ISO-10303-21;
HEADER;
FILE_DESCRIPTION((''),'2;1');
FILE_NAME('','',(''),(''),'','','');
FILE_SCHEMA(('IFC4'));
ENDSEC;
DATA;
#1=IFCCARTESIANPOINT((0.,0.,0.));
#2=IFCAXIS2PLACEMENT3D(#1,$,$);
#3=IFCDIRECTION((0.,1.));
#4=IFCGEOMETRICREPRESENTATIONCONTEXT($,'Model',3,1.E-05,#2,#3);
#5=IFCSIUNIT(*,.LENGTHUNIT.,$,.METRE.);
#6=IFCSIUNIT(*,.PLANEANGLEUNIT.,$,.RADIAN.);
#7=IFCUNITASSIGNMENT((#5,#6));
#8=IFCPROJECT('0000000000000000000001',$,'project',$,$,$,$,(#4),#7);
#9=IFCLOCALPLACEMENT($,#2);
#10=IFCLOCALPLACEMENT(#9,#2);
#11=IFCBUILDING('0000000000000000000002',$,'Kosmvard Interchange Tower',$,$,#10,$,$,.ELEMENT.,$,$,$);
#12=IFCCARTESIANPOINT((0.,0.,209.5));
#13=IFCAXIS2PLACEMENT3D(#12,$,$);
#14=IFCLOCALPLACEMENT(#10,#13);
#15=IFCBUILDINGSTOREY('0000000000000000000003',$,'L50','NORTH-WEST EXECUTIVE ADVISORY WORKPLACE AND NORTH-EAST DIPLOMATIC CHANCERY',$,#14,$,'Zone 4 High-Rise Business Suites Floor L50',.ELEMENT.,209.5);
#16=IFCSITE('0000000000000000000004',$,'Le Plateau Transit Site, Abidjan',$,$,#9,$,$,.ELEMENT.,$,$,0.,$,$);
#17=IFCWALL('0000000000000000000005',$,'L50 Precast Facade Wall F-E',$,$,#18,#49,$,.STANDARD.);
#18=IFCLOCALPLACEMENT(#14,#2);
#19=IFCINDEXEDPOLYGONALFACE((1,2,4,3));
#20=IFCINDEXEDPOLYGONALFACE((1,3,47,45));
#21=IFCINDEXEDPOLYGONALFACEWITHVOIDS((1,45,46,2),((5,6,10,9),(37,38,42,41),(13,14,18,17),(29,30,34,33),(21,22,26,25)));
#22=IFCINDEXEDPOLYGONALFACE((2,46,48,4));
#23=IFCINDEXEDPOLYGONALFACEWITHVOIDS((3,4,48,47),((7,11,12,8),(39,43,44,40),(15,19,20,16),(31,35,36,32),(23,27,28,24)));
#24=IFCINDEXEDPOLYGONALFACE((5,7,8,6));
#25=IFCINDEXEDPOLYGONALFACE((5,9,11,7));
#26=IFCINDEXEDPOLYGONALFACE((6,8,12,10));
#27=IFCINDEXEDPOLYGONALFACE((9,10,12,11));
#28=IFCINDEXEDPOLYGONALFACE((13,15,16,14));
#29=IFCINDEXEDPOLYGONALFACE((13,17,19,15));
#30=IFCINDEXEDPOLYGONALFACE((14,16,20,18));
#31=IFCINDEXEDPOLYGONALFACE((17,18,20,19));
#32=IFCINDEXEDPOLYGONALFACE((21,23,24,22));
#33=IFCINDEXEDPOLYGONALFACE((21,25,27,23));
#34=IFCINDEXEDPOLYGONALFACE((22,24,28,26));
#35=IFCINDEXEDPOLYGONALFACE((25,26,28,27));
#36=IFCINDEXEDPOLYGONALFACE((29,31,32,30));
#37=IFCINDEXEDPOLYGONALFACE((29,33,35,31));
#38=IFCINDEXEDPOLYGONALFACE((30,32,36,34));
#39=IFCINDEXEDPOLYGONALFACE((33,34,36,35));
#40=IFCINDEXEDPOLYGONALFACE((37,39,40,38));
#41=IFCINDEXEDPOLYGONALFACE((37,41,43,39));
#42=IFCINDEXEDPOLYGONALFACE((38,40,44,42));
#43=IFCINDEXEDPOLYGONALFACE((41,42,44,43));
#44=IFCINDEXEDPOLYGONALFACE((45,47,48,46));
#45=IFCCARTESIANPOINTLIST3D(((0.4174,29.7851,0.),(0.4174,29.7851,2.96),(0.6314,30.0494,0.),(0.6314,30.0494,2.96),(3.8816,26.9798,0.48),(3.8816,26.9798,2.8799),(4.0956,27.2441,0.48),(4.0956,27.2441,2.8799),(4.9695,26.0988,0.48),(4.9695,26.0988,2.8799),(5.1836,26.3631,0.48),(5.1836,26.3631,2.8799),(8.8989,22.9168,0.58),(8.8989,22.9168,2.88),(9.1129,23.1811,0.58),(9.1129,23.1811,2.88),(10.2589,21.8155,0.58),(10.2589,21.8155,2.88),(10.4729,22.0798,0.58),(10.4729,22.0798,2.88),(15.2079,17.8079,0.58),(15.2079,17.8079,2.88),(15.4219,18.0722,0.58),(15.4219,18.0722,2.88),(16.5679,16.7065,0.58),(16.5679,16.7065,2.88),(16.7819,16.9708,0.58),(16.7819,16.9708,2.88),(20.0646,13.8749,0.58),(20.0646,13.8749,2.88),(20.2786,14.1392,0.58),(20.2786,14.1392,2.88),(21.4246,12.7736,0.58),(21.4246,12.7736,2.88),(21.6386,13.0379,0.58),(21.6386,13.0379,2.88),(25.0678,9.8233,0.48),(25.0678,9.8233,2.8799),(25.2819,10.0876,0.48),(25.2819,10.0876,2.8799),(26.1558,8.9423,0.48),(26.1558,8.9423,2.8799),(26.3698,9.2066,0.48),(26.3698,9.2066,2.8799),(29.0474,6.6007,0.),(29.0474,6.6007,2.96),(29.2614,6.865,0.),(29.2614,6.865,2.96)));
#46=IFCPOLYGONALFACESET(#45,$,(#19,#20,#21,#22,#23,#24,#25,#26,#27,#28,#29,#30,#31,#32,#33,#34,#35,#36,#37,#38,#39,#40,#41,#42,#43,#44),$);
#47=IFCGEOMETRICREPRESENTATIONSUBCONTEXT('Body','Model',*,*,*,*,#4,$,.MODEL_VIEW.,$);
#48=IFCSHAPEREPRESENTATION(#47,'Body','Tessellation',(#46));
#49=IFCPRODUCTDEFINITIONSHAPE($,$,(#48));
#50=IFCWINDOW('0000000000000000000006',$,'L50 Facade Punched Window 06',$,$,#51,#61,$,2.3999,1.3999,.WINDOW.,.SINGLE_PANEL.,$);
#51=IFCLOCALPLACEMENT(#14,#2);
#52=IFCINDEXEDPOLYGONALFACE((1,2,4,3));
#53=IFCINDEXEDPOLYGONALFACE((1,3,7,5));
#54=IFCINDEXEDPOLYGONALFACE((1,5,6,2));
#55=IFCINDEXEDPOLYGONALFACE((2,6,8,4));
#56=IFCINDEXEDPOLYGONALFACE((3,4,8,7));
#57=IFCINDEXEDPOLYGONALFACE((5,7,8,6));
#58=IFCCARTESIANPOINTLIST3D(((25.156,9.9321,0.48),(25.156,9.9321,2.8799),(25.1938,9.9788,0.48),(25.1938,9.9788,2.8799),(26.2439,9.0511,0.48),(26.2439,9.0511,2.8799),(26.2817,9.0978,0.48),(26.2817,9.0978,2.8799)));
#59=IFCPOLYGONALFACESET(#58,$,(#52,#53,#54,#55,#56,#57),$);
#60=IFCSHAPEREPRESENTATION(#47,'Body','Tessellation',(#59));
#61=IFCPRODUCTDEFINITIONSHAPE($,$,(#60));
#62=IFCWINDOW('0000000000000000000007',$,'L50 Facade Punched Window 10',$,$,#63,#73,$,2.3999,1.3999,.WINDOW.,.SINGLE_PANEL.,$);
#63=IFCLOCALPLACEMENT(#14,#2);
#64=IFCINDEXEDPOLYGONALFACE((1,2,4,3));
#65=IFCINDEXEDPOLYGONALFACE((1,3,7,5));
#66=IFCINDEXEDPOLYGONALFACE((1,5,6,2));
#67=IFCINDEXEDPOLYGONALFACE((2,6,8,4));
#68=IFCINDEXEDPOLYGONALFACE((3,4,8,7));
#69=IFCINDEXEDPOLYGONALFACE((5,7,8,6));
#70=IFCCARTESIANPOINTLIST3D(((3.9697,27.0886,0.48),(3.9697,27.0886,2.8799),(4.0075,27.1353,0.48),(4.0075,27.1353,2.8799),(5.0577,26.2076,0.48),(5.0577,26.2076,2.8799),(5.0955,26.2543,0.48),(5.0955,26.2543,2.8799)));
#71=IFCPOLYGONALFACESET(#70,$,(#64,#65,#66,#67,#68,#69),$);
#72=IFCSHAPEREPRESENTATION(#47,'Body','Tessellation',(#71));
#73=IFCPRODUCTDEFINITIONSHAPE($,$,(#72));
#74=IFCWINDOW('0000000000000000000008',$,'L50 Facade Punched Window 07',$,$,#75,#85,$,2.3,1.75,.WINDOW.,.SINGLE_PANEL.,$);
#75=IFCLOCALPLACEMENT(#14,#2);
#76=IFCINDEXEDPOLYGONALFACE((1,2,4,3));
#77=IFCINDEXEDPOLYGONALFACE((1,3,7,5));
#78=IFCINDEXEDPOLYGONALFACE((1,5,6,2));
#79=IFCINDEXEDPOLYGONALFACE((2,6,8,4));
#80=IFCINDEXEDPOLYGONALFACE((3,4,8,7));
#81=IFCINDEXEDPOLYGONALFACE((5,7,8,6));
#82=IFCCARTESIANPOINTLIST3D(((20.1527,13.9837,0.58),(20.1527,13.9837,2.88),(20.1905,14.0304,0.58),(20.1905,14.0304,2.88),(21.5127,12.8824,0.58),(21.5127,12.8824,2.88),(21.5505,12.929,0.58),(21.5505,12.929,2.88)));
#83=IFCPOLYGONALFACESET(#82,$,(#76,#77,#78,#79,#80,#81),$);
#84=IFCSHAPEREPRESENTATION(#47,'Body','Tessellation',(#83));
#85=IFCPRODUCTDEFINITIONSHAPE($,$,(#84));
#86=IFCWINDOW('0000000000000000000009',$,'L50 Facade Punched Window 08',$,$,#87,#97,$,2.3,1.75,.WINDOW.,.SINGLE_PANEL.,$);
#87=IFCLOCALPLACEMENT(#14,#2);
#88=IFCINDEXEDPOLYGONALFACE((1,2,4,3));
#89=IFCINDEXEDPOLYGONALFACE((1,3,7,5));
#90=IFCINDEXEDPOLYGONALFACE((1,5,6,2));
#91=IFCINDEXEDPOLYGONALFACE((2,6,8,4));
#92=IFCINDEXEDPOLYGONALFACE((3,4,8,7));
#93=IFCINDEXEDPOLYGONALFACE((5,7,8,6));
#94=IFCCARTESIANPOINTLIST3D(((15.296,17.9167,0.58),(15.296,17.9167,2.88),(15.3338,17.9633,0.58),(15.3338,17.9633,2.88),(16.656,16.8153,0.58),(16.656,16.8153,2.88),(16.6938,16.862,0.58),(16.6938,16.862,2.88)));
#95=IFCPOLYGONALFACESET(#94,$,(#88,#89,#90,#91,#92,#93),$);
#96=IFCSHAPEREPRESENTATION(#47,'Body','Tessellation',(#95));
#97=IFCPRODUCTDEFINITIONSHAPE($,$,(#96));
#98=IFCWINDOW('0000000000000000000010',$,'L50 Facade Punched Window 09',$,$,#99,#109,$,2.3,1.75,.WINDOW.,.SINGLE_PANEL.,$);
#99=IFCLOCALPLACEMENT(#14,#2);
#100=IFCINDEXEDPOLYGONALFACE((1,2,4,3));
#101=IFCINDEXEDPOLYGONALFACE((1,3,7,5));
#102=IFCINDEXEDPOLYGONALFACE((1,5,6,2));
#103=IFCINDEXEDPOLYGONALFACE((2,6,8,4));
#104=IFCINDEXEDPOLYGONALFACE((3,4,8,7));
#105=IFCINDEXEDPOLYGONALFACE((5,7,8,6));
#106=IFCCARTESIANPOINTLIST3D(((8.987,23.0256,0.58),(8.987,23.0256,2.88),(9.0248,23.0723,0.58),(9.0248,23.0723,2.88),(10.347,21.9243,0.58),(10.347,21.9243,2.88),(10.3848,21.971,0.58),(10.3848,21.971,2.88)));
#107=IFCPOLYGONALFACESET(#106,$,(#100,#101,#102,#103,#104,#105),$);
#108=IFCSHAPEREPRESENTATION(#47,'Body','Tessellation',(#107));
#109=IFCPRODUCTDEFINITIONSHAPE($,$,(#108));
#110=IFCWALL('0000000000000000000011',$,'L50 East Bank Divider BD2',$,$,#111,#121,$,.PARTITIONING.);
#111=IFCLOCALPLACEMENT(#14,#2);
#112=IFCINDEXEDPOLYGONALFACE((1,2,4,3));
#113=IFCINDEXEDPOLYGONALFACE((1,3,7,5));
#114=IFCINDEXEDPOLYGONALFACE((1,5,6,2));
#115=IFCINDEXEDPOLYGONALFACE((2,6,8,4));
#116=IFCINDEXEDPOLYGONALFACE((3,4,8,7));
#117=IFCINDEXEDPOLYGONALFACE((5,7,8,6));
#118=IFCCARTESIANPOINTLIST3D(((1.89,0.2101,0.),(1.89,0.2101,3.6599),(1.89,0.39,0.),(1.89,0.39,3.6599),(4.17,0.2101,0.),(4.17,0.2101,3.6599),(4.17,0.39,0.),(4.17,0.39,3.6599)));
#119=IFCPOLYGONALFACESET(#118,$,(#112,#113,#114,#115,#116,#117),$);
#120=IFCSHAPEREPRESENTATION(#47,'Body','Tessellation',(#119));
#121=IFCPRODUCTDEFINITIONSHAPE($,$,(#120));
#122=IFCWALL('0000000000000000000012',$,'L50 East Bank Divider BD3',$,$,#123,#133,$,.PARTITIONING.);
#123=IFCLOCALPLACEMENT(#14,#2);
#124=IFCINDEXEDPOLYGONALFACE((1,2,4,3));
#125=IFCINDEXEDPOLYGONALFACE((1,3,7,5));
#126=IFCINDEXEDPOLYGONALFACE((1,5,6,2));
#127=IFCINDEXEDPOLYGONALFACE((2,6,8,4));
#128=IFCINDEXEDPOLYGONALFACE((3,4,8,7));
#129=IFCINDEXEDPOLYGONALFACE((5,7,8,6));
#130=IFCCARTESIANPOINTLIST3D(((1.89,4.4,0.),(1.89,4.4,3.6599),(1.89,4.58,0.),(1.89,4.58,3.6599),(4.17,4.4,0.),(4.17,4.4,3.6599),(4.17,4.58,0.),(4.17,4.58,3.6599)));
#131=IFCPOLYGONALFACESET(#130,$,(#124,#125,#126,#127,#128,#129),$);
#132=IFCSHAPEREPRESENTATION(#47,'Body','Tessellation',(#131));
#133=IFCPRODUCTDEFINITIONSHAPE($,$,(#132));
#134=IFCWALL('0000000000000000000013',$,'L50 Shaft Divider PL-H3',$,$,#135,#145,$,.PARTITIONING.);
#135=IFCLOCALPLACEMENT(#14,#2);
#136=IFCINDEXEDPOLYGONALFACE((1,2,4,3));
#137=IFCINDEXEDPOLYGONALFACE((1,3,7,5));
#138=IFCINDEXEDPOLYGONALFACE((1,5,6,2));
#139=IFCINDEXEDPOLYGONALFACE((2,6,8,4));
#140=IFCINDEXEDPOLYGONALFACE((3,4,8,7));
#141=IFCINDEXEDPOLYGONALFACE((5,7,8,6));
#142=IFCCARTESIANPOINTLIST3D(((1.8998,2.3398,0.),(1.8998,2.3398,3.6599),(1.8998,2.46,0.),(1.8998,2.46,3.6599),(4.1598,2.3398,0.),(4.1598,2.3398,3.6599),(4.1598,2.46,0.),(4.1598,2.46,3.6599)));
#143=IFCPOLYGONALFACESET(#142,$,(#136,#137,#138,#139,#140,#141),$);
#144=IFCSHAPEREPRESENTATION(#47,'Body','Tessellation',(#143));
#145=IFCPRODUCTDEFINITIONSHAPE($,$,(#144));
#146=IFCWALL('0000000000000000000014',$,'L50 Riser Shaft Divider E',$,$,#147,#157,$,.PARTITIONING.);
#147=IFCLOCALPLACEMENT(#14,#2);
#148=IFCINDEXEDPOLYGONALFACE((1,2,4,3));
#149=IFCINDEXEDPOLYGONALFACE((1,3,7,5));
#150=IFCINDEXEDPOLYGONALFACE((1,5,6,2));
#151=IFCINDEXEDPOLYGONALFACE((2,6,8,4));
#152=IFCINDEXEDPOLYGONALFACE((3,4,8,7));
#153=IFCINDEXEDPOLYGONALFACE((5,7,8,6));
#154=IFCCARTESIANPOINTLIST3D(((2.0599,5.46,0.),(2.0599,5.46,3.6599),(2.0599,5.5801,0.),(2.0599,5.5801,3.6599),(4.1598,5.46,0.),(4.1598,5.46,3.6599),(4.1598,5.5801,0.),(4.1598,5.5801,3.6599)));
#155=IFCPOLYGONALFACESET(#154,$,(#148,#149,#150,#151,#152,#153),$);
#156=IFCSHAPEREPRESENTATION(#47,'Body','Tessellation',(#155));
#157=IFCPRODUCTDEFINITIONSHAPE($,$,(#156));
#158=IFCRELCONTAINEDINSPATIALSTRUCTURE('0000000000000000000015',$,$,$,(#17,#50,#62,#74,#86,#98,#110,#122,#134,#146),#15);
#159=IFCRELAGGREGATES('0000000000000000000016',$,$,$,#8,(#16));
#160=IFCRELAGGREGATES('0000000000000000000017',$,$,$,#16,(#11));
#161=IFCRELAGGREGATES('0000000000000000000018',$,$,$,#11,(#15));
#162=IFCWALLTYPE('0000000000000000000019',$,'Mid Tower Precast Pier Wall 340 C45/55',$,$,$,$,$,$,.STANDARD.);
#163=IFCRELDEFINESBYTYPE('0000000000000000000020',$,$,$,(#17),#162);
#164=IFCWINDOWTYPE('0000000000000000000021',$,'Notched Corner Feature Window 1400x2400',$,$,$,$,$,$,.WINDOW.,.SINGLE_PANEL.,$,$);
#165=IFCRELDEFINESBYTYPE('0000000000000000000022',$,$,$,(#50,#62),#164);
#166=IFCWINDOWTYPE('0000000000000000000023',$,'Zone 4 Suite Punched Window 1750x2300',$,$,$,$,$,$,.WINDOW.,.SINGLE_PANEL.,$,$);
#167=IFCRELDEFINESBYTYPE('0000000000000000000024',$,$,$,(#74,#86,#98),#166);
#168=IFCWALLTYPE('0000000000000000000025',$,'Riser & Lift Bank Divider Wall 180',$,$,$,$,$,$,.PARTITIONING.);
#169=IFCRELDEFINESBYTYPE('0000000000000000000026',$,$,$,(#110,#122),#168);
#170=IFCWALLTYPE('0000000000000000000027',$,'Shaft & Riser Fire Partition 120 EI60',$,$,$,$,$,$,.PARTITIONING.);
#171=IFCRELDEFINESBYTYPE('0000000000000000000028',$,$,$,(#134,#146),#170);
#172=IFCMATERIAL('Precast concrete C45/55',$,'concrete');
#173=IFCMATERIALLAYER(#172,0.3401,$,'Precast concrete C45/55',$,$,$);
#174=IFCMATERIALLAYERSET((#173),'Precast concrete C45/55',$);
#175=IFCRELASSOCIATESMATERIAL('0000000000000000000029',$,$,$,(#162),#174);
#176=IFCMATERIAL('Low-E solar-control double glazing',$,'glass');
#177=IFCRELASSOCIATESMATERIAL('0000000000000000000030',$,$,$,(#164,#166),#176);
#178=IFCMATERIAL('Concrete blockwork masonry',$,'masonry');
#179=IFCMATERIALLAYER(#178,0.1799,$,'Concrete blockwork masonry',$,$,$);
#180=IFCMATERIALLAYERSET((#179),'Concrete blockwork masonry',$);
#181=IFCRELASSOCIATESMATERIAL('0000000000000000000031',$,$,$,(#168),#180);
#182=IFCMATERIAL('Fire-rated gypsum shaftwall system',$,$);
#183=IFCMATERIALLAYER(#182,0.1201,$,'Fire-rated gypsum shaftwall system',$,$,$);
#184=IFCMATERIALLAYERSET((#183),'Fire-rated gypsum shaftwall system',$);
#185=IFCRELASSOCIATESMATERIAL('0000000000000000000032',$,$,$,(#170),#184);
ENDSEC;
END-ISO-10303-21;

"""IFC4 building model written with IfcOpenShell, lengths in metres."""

from ifc_helpers import new_model, si_unit, direction, frame, frame_2d, origin, place, context, subcontext, project, spatial, rectangle, extrude, source, transform, mapped, material, layer, layer_set, type_object, element, fill, save


model = new_model("IFC4")

# Units and contexts
model_context = context("Model", 3, precision=1e-05, world=origin(), true_north=direction((0.0, 1.0)))
body_context = subcontext(model_context, "Body", "Model", "MODEL_VIEW")
ifc_project = project(units=[si_unit("LENGTHUNIT", "METRE"), si_unit("PLANEANGLEUNIT", "RADIAN")], contexts=[model_context])

# Site, building, storey
site_placement = place(None, origin())
site = spatial("IfcSite", under=ifc_project, at=site_placement, Name="Le Plateau Transit Site, Abidjan", CompositionType="ELEMENT", RefElevation=0.0)
building_placement = place(site_placement, origin())
building = spatial("IfcBuilding", under=site, at=building_placement, Name="Kosmvard Interchange Tower", CompositionType="ELEMENT")
storey_placement = place(building_placement, frame((0.0, 0.0, 209.5)))
storey = spatial("IfcBuildingStorey", under=building, at=storey_placement, Name="L50", Description="NORTH-WEST EXECUTIVE ADVISORY WORKPLACE AND NORTH-EAST DIPLOMATIC CHANCERY", LongName="Zone 4 High-Rise Business Suites Floor L50", CompositionType="ELEMENT", Elevation=209.5)

# Shared definitions
ifc_material_1 = material(Name="Precast concrete C45/55", Category="concrete")
ifc_layer_1 = layer(ifc_material_1, 0.3401, Name="Precast concrete C45/55")
ifc_layer_set_1 = layer_set([ifc_layer_1], Name="Precast concrete C45/55")
wall_type_1 = type_object("IfcWallType", Name="Mid Tower Precast Pier Wall 340 C45/55", PredefinedType="STANDARD", material=ifc_layer_set_1)
ifc_material_2 = material(Name="Low-E solar-control double glazing", Category="glass")
window_type_1 = type_object("IfcWindowType", Name="Notched Corner Feature Window 1400x2400", PartitioningType="SINGLE_PANEL", PredefinedType="WINDOW", material=ifc_material_2)
shared_shape_1 = source(origin(), body_context, "Body", "SweptSolid", [
    extrude(rectangle(XDim=1.3999, YDim=2.3999, at=frame_2d((0.7, 1.2))), frame((0.0, 0.03, 0.0), z_axis=(0.0, -1.0, 0.0), x_axis=(1.0, 0.0, 0.0)), (0.0, 0.0, 1.0), 0.0601),
])

# Wall, openings, windows
wall_1_placement = place(storey_placement, frame((29.1543, 6.7329, 0.0), z_axis=(0.0, 0.0, 1.0), x_axis=(-0.777142, 0.629325, 0.0)))
wall_1 = element("IfcWall", 1, at=wall_1_placement, inside=storey, type_object=wall_type_1, Name="L50 Precast Facade Wall F-E", PredefinedType="STANDARD", context=body_context, shape_type="SweptSolid", body=[
    extrude(rectangle(XDim=36.8401, YDim=0.3401, at=frame_2d((18.4199, 0.0))), origin(), (0.0, 0.0, 1.0), 2.96),
])
opening_1_placement = place(wall_1_placement, frame((3.7207, 0.0, 0.48)))
opening_1 = element("IfcOpeningElement", 2, at=opening_1_placement, cuts=wall_1, PredefinedType="OPENING", context=body_context, shape_type="SweptSolid", body=[
    extrude(rectangle(XDim=1.3999, YDim=2.3999, at=frame_2d((0.7, 1.2))), frame((0.0, 0.1802, 0.0), z_axis=(0.0, -1.0, 0.0), x_axis=(1.0, 0.0, 0.0)), (0.0, 0.0, 1.0), 0.3601),
])
opening_2_placement = place(wall_1_placement, frame((9.8086, 0.0, 0.5801)))
opening_2 = element("IfcOpeningElement", 3, at=opening_2_placement, cuts=wall_1, PredefinedType="OPENING", context=body_context, shape_type="SweptSolid", body=[
    extrude(rectangle(XDim=1.75, YDim=2.3, at=frame_2d((0.875, 1.1499))), frame((0.0, 0.1802, 0.0), z_axis=(0.0, -1.0, 0.0), x_axis=(1.0, 0.0, 0.0)), (0.0, 0.0, 1.0), 0.3601),
])
opening_3_placement = place(wall_1_placement, frame((16.0581, 0.0, 0.5801)))
opening_3 = element("IfcOpeningElement", 4, at=opening_3_placement, cuts=wall_1, PredefinedType="OPENING", context=body_context, shape_type="SweptSolid", body=[
    extrude(rectangle(XDim=1.75, YDim=2.3, at=frame_2d((0.875, 1.1499))), frame((0.0, 0.1802, 0.0), z_axis=(0.0, -1.0, 0.0), x_axis=(1.0, 0.0, 0.0)), (0.0, 0.0, 1.0), 0.3601),
])
opening_4_placement = place(wall_1_placement, frame((24.1763, 0.0, 0.5801)))
opening_4 = element("IfcOpeningElement", 5, at=opening_4_placement, cuts=wall_1, PredefinedType="OPENING", context=body_context, shape_type="SweptSolid", body=[
    extrude(rectangle(XDim=1.75, YDim=2.3, at=frame_2d((0.875, 1.1499))), frame((0.0, 0.1802, 0.0), z_axis=(0.0, -1.0, 0.0), x_axis=(1.0, 0.0, 0.0)), (0.0, 0.0, 1.0), 0.3601),
])
opening_5_placement = place(wall_1_placement, frame((30.9824, 0.0, 0.48)))
opening_5 = element("IfcOpeningElement", 6, at=opening_5_placement, cuts=wall_1, PredefinedType="OPENING", context=body_context, shape_type="SweptSolid", body=[
    extrude(rectangle(XDim=1.3999, YDim=2.3999, at=frame_2d((0.7, 1.2))), frame((0.0, 0.1802, 0.0), z_axis=(0.0, -1.0, 0.0), x_axis=(1.0, 0.0, 0.0)), (0.0, 0.0, 1.0), 0.3601),
])
window_1_placement = place(opening_1_placement, origin())
window_1 = element("IfcWindow", 7, at=window_1_placement, inside=storey, type_object=window_type_1, Name="L50 Facade Punched Window 06", OverallHeight=2.3999, OverallWidth=1.3999, PartitioningType="SINGLE_PANEL", PredefinedType="WINDOW", context=body_context, shape_type="MappedRepresentation", body=[
    mapped(shared_shape_1, transform((0.0, 0.0, 0.0), scale=1.0)),
])
fill(opening_1, window_1)
window_2_placement = place(opening_5_placement, origin())
window_2 = element("IfcWindow", 8, at=window_2_placement, inside=storey, type_object=window_type_1, Name="L50 Facade Punched Window 10", OverallHeight=2.3999, OverallWidth=1.3999, PartitioningType="SINGLE_PANEL", PredefinedType="WINDOW", context=body_context, shape_type="MappedRepresentation", body=[
    mapped(shared_shape_1, transform((0.0, 0.0, 0.0), scale=1.0)),
])
fill(opening_5, window_2)
window_type_2 = type_object("IfcWindowType", Name="Zone 4 Suite Punched Window 1750x2300", PartitioningType="SINGLE_PANEL", PredefinedType="WINDOW", material=ifc_material_2)
shared_shape_2 = source(origin(), body_context, "Body", "SweptSolid", [
    extrude(rectangle(XDim=1.75, YDim=2.3, at=frame_2d((0.875, 1.1499))), frame((0.0, 0.03, 0.0), z_axis=(0.0, -1.0, 0.0), x_axis=(1.0, 0.0, 0.0)), (0.0, 0.0, 1.0), 0.0601),
])
window_3_placement = place(opening_2_placement, origin())
window_3 = element("IfcWindow", 9, at=window_3_placement, inside=storey, type_object=window_type_2, Name="L50 Facade Punched Window 07", OverallHeight=2.3, OverallWidth=1.75, PartitioningType="SINGLE_PANEL", PredefinedType="WINDOW", context=body_context, shape_type="MappedRepresentation", body=[
    mapped(shared_shape_2, transform((0.0, 0.0, 0.0), scale=1.0)),
])
fill(opening_2, window_3)
window_4_placement = place(opening_3_placement, origin())
window_4 = element("IfcWindow", 10, at=window_4_placement, inside=storey, type_object=window_type_2, Name="L50 Facade Punched Window 08", OverallHeight=2.3, OverallWidth=1.75, PartitioningType="SINGLE_PANEL", PredefinedType="WINDOW", context=body_context, shape_type="MappedRepresentation", body=[
    mapped(shared_shape_2, transform((0.0, 0.0, 0.0), scale=1.0)),
])
fill(opening_3, window_4)
window_5_placement = place(opening_4_placement, origin())
window_5 = element("IfcWindow", 11, at=window_5_placement, inside=storey, type_object=window_type_2, Name="L50 Facade Punched Window 09", OverallHeight=2.3, OverallWidth=1.75, PartitioningType="SINGLE_PANEL", PredefinedType="WINDOW", context=body_context, shape_type="MappedRepresentation", body=[
    mapped(shared_shape_2, transform((0.0, 0.0, 0.0), scale=1.0)),
])
fill(opening_4, window_5)

# Walls
ifc_material_3 = material(Name="Concrete blockwork masonry", Category="masonry")
ifc_layer_2 = layer(ifc_material_3, 0.1799, Name="Concrete blockwork masonry")
ifc_layer_set_2 = layer_set([ifc_layer_2], Name="Concrete blockwork masonry")
wall_type_2 = type_object("IfcWallType", Name="Riser & Lift Bank Divider Wall 180", PredefinedType="PARTITIONING", material=ifc_layer_set_2)
for number, where, z_axis, x_axis, name in (
    (12, (1.8899, 0.3, 0.0), (0.0, 0.0, 1.0), (1.0, 0.0, 0.0), "L50 East Bank Divider BD2"),
    (13, (1.8899, 4.49, 0.0), (0.0, 0.0, 1.0), (1.0, 0.0, 0.0), "L50 East Bank Divider BD3"),
):
    element("IfcWall", number, at=place(storey_placement, frame(where, z_axis=z_axis, x_axis=x_axis)), inside=storey, type_object=wall_type_2, Name=name, PredefinedType="PARTITIONING", context=body_context, shape_type="SweptSolid", body=[
        extrude(rectangle(XDim=2.28, YDim=0.1799, at=frame_2d((1.1401, 0.0))), origin(), (0.0, 0.0, 1.0), 3.6599),
    ])
ifc_material_4 = material(Name="Fire-rated gypsum shaftwall system")
ifc_layer_3 = layer(ifc_material_4, 0.1201, Name="Fire-rated gypsum shaftwall system")
ifc_layer_set_3 = layer_set([ifc_layer_3], Name="Fire-rated gypsum shaftwall system")
wall_type_3 = type_object("IfcWallType", Name="Shaft & Riser Fire Partition 120 EI60", PredefinedType="PARTITIONING", material=ifc_layer_set_3)
wall_2_placement = place(storey_placement, frame((1.8999, 2.3999, 0.0), z_axis=(0.0, 0.0, 1.0), x_axis=(1.0, 0.0, 0.0)))
element("IfcWall", 14, at=wall_2_placement, inside=storey, type_object=wall_type_3, Name="L50 Shaft Divider PL-H3", PredefinedType="PARTITIONING", context=body_context, shape_type="SweptSolid", body=[
    extrude(rectangle(XDim=2.26, YDim=0.1201, at=frame_2d((1.1299, 0.0))), origin(), (0.0, 0.0, 1.0), 3.6599),
])
wall_3_placement = place(storey_placement, frame((2.0601, 5.52, 0.0), z_axis=(0.0, 0.0, 1.0), x_axis=(1.0, 0.0, 0.0)))
element("IfcWall", 15, at=wall_3_placement, inside=storey, type_object=wall_type_3, Name="L50 Riser Shaft Divider E", PredefinedType="PARTITIONING", context=body_context, shape_type="SweptSolid", body=[
    extrude(rectangle(XDim=2.0999, YDim=0.1201, at=frame_2d((1.0498, 0.0))), origin(), (0.0, 0.0, 1.0), 3.6599),
])

save(model, "model.ifc")
